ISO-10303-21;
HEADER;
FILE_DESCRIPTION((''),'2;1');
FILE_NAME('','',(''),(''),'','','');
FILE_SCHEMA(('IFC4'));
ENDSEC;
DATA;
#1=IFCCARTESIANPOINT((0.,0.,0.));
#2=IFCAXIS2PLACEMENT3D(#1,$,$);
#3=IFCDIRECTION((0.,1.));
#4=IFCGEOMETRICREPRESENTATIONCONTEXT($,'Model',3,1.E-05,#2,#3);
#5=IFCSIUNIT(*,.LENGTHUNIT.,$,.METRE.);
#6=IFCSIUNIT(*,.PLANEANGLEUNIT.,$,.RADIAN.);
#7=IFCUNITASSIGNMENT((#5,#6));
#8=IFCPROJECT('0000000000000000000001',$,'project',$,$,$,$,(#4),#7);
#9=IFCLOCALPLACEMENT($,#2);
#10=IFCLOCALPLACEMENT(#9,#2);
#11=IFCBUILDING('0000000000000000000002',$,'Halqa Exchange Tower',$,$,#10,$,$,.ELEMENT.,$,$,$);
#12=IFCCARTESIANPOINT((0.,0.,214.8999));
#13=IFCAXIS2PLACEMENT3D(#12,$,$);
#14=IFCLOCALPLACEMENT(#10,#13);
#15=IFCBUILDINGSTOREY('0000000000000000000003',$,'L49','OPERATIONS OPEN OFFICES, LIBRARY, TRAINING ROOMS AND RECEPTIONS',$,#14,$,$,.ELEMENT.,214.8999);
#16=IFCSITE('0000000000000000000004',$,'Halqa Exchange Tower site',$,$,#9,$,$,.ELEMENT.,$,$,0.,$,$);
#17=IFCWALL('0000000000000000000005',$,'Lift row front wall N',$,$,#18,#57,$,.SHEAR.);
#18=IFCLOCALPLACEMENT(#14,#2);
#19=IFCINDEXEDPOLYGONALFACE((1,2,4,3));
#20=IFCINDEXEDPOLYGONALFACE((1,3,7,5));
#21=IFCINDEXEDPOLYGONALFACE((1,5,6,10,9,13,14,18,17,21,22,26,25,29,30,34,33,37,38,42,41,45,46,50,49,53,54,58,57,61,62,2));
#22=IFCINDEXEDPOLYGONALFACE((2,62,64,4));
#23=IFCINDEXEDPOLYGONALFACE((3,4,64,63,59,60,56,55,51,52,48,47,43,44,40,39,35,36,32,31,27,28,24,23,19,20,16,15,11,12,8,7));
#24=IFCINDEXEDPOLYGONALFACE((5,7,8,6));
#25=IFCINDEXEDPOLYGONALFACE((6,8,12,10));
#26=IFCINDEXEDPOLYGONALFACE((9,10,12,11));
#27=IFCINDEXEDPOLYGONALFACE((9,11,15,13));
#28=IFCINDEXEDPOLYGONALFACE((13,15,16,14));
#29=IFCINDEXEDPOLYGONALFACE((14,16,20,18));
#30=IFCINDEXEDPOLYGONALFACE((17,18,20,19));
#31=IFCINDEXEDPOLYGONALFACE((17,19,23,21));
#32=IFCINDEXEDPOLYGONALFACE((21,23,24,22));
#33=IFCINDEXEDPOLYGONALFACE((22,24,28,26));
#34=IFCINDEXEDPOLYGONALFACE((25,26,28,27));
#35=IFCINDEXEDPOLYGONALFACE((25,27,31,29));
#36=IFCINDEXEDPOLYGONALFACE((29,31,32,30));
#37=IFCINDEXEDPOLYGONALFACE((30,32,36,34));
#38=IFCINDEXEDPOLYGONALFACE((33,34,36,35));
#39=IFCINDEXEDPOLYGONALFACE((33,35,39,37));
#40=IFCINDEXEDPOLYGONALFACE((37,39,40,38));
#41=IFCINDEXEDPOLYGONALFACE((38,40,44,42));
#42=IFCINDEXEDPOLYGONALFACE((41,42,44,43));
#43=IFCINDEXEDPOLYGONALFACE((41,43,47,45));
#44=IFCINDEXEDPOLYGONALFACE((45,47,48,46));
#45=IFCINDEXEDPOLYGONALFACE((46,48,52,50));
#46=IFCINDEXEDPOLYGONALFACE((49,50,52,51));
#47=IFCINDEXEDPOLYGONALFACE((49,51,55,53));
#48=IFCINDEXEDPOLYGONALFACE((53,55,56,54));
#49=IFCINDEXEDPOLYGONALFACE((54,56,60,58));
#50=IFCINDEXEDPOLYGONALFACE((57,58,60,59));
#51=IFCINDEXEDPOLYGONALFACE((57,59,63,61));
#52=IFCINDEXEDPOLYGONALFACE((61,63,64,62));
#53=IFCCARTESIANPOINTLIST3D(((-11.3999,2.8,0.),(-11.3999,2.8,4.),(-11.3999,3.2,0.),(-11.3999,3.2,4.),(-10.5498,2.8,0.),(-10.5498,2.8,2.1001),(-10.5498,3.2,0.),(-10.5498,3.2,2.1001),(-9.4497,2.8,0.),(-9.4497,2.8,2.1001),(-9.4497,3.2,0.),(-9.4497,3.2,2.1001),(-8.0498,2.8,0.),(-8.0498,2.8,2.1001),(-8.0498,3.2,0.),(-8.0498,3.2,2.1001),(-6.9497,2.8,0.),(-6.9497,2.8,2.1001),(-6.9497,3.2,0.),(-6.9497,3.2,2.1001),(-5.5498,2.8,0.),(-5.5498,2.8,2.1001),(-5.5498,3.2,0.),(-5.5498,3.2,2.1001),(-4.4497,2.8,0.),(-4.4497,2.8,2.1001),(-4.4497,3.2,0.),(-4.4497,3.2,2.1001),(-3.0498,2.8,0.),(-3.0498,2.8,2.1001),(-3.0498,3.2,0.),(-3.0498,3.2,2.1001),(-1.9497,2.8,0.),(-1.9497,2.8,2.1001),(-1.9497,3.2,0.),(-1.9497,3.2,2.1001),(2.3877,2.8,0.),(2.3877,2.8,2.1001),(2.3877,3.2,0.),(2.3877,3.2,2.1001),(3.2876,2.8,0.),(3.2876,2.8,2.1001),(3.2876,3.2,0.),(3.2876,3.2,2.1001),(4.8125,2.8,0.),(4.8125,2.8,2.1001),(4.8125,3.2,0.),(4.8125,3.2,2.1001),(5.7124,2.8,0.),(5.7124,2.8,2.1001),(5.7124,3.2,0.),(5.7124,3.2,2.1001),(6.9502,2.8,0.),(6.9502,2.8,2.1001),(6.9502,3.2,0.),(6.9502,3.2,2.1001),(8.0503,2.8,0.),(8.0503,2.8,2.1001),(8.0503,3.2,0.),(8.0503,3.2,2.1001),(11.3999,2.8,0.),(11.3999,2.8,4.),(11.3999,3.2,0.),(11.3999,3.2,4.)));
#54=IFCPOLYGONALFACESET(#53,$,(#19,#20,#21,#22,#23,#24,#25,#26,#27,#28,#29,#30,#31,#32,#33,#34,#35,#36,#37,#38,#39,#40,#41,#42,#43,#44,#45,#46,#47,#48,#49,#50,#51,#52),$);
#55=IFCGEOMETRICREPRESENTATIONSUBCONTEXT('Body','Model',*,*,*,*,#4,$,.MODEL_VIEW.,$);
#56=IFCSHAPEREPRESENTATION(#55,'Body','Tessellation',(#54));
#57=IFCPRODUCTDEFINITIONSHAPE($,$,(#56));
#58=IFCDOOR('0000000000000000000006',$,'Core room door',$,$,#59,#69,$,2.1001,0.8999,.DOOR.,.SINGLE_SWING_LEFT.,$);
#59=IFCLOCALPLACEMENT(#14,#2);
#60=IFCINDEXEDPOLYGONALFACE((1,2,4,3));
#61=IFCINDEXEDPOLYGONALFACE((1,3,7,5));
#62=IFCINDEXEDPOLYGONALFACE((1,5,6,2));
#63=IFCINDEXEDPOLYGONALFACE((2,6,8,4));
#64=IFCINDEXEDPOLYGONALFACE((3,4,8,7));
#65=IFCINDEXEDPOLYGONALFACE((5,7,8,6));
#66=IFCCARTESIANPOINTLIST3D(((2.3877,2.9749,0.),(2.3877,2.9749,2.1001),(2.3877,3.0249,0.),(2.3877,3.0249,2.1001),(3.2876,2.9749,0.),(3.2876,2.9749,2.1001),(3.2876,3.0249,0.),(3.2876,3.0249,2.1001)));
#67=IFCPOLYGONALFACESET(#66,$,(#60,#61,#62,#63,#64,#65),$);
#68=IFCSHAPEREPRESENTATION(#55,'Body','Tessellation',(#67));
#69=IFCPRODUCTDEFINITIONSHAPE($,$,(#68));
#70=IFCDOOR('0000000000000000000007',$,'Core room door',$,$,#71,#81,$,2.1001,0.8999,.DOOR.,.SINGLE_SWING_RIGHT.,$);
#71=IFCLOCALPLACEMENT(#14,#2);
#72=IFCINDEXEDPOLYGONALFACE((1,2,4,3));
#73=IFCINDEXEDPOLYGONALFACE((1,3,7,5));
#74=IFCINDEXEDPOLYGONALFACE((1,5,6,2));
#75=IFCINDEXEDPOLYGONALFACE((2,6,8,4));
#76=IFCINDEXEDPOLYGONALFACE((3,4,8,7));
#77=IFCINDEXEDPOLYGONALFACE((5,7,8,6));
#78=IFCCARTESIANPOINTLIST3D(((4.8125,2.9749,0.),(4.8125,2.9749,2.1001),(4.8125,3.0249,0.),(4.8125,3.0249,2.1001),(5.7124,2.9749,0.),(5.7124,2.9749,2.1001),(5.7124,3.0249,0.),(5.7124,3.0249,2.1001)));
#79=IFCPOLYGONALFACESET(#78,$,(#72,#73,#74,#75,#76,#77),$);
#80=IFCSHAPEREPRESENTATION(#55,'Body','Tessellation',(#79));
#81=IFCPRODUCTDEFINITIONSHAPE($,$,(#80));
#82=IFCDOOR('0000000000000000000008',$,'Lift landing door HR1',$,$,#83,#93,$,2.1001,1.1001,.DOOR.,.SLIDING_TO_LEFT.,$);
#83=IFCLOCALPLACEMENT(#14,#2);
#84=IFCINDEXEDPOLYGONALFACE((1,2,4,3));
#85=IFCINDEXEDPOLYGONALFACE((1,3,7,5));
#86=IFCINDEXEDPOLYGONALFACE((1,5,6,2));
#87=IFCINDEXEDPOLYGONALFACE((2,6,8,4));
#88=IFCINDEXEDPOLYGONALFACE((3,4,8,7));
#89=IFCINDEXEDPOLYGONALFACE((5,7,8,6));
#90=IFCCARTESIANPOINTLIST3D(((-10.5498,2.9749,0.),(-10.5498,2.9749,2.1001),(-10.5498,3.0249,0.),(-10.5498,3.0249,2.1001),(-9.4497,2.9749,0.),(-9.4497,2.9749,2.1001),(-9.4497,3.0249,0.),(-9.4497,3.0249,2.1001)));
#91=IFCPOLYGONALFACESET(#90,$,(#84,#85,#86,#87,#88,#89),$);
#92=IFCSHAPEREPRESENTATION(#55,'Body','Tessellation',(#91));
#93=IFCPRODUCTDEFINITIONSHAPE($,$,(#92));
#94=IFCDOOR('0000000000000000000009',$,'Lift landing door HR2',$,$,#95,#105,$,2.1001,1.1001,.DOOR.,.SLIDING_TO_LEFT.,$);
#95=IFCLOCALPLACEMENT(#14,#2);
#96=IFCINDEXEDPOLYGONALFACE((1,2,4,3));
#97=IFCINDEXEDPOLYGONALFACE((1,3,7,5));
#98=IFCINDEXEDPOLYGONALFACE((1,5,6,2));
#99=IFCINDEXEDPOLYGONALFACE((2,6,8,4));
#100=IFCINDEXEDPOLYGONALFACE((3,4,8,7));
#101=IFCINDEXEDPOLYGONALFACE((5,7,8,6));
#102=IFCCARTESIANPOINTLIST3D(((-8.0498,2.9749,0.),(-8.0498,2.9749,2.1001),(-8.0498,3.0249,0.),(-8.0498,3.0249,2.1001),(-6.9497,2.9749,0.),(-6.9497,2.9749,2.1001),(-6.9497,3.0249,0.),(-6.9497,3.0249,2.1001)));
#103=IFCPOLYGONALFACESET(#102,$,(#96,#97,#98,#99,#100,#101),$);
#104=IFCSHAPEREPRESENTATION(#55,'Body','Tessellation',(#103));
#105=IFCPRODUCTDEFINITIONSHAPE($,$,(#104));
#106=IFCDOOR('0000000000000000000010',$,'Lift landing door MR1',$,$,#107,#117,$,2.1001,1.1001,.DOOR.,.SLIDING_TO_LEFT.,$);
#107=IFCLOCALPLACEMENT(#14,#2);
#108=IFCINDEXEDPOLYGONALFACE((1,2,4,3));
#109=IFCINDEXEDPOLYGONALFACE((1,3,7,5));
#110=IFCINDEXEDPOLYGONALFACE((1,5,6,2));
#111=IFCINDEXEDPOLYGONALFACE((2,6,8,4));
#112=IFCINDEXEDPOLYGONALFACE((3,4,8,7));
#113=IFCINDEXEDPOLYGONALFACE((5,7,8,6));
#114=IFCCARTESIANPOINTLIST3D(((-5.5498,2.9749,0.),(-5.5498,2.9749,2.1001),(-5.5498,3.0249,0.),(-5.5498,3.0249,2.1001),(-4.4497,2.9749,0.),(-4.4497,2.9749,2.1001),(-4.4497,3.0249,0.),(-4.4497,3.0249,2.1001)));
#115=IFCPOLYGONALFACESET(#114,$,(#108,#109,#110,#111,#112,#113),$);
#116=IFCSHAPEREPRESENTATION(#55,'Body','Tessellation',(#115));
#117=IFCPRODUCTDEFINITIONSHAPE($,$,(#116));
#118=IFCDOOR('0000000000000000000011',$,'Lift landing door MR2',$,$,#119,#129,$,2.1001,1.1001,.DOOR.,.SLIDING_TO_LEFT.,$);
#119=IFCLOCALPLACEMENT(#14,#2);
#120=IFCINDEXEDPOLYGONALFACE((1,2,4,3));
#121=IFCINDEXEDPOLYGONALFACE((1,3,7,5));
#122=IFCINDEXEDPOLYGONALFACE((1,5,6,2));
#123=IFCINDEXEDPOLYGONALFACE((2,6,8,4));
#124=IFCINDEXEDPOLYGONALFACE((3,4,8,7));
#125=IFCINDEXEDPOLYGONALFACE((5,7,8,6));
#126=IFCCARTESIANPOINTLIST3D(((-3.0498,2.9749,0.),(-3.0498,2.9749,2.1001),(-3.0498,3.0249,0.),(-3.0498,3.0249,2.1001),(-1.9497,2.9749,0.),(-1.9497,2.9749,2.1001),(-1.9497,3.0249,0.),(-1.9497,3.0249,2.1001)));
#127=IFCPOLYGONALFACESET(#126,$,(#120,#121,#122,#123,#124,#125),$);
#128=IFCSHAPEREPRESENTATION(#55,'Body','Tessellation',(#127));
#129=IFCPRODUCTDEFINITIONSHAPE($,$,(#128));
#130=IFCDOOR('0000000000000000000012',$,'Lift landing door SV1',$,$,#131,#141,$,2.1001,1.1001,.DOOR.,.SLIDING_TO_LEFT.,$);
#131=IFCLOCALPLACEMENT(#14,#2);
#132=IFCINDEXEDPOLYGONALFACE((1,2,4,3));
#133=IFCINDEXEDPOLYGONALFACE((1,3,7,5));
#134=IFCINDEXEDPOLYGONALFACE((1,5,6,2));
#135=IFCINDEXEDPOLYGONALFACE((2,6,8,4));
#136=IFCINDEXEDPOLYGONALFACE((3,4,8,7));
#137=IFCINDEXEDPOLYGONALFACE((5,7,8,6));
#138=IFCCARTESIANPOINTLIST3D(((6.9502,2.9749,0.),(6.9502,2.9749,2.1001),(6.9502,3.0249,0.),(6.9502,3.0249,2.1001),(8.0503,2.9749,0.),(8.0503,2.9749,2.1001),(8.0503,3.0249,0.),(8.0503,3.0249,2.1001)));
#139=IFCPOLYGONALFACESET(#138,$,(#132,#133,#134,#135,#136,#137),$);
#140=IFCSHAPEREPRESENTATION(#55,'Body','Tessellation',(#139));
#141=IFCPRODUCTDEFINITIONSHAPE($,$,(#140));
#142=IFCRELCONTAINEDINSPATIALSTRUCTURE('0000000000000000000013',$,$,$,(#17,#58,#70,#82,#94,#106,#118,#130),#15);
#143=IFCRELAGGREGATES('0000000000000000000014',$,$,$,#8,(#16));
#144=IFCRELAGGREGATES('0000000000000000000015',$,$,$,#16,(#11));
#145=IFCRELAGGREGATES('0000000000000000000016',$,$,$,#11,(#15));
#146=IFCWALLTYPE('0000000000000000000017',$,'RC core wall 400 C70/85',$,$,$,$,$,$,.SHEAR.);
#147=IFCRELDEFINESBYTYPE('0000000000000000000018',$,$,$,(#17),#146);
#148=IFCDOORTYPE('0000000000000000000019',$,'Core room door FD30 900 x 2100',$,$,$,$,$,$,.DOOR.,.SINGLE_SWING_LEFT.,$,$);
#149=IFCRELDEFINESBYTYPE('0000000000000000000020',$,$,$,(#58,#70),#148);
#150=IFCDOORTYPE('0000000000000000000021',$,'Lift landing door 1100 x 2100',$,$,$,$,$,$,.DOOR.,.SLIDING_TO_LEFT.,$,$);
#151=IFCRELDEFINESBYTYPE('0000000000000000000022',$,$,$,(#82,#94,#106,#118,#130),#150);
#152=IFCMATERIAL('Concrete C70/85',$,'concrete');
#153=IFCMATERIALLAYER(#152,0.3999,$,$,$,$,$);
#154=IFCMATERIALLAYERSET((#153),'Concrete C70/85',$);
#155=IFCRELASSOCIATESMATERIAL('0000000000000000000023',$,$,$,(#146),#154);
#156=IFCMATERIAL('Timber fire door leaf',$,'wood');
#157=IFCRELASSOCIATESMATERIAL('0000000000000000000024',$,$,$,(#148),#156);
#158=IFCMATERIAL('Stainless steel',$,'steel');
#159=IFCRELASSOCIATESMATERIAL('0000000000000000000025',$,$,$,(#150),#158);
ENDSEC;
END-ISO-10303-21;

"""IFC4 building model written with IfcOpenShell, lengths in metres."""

from ifc_helpers import new_model, si_unit, direction, frame, frame_2d, origin, place, context, subcontext, project, spatial, rectangle, extrude, material, layer, layer_set, type_object, element, fill, save


model = new_model("IFC4")

# Units and contexts
model_context = context("Model", 3, precision=1e-05, world=origin(), true_north=direction((0.0, 1.0)))
body_context = subcontext(model_context, "Body", "Model", "MODEL_VIEW")
ifc_project = project(units=[si_unit("LENGTHUNIT", "METRE"), si_unit("PLANEANGLEUNIT", "RADIAN")], contexts=[model_context])

# Site, building, storey
site_placement = place(None, origin())
site = spatial("IfcSite", under=ifc_project, at=site_placement, Name="Halqa Exchange Tower site", CompositionType="ELEMENT", RefElevation=0.0)
building_placement = place(site_placement, origin())
building = spatial("IfcBuilding", under=site, at=building_placement, Name="Halqa Exchange Tower", CompositionType="ELEMENT")
storey_placement = place(building_placement, frame((0.0, 0.0, 214.8999)))
storey = spatial("IfcBuildingStorey", under=building, at=storey_placement, Name="L49", Description="OPERATIONS OPEN OFFICES, LIBRARY, TRAINING ROOMS AND RECEPTIONS", CompositionType="ELEMENT", Elevation=214.8999)

# Wall, openings, doors
ifc_material_1 = material(Name="Concrete C70/85", Category="concrete")
ifc_layer_1 = layer(ifc_material_1, 0.3999)
ifc_layer_set_1 = layer_set([ifc_layer_1], Name="Concrete C70/85")
wall_type_1 = type_object("IfcWallType", Name="RC core wall 400 C70/85", PredefinedType="SHEAR", material=ifc_layer_set_1)
wall_1_placement = place(storey_placement, frame((-11.3999, 3.0, 0.0), z_axis=(0.0, 0.0, 1.0), x_axis=(1.0, 0.0, 0.0)))
wall_1 = element("IfcWall", 1, at=wall_1_placement, inside=storey, type_object=wall_type_1, Name="Lift row front wall N", PredefinedType="SHEAR", context=body_context, shape_type="SweptSolid", body=[
    extrude(rectangle(XDim=22.7998, YDim=0.3999, at=frame_2d((11.3999, 0.0))), origin(), (0.0, 0.0, 1.0), 4.0),
])
opening_1_placement = place(wall_1_placement, frame((0.8501, 0.0, 0.0)))
opening_1 = element("IfcOpeningElement", 2, at=opening_1_placement, cuts=wall_1, PredefinedType="OPENING", context=body_context, shape_type="SweptSolid", body=[
    extrude(rectangle(XDim=1.1001, YDim=2.1001, at=frame_2d((0.55, 1.05))), frame((0.0, 0.2119, 0.0), z_axis=(0.0, -1.0, 0.0), x_axis=(1.0, 0.0, 0.0)), (0.0, 0.0, 1.0), 0.4238),
])
opening_2_placement = place(wall_1_placement, frame((3.3501, 0.0, 0.0)))
opening_2 = element("IfcOpeningElement", 3, at=opening_2_placement, cuts=wall_1, PredefinedType="OPENING", context=body_context, shape_type="SweptSolid", body=[
    extrude(rectangle(XDim=1.1001, YDim=2.1001, at=frame_2d((0.55, 1.05))), frame((0.0, 0.2119, 0.0), z_axis=(0.0, -1.0, 0.0), x_axis=(1.0, 0.0, 0.0)), (0.0, 0.0, 1.0), 0.4238),
])
opening_3_placement = place(wall_1_placement, frame((5.8501, 0.0, 0.0)))
opening_3 = element("IfcOpeningElement", 4, at=opening_3_placement, cuts=wall_1, PredefinedType="OPENING", context=body_context, shape_type="SweptSolid", body=[
    extrude(rectangle(XDim=1.1001, YDim=2.1001, at=frame_2d((0.55, 1.05))), frame((0.0, 0.2119, 0.0), z_axis=(0.0, -1.0, 0.0), x_axis=(1.0, 0.0, 0.0)), (0.0, 0.0, 1.0), 0.4238),
])
opening_4_placement = place(wall_1_placement, frame((8.3501, 0.0, 0.0)))
opening_4 = element("IfcOpeningElement", 5, at=opening_4_placement, cuts=wall_1, PredefinedType="OPENING", context=body_context, shape_type="SweptSolid", body=[
    extrude(rectangle(XDim=1.1001, YDim=2.1001, at=frame_2d((0.55, 1.05))), frame((0.0, 0.2119, 0.0), z_axis=(0.0, -1.0, 0.0), x_axis=(1.0, 0.0, 0.0)), (0.0, 0.0, 1.0), 0.4238),
])
opening_5_placement = place(wall_1_placement, frame((18.3501, 0.0, 0.0)))
opening_5 = element("IfcOpeningElement", 6, at=opening_5_placement, cuts=wall_1, PredefinedType="OPENING", context=body_context, shape_type="SweptSolid", body=[
    extrude(rectangle(XDim=1.1001, YDim=2.1001, at=frame_2d((0.55, 1.05))), frame((0.0, 0.2119, 0.0), z_axis=(0.0, -1.0, 0.0), x_axis=(1.0, 0.0, 0.0)), (0.0, 0.0, 1.0), 0.4238),
])
opening_6_placement = place(wall_1_placement, frame((13.7876, 0.0, 0.0)))
opening_6 = element("IfcOpeningElement", 7, at=opening_6_placement, cuts=wall_1, PredefinedType="OPENING", context=body_context, shape_type="SweptSolid", body=[
    extrude(rectangle(XDim=0.8999, YDim=2.1001, at=frame_2d((0.45, 1.05))), frame((0.0, 0.2119, 0.0), z_axis=(0.0, -1.0, 0.0), x_axis=(1.0, 0.0, 0.0)), (0.0, 0.0, 1.0), 0.4238),
])
opening_7_placement = place(wall_1_placement, frame((16.2124, 0.0, 0.0)))
opening_7 = element("IfcOpeningElement", 8, at=opening_7_placement, cuts=wall_1, PredefinedType="OPENING", context=body_context, shape_type="SweptSolid", body=[
    extrude(rectangle(XDim=0.8999, YDim=2.1001, at=frame_2d((0.45, 1.05))), frame((0.0, 0.2119, 0.0), z_axis=(0.0, -1.0, 0.0), x_axis=(1.0, 0.0, 0.0)), (0.0, 0.0, 1.0), 0.4238),
])
ifc_material_2 = material(Name="Timber fire door leaf", Category="wood")
door_type_1 = type_object("IfcDoorType", Name="Core room door FD30 900 x 2100", OperationType="SINGLE_SWING_LEFT", PredefinedType="DOOR", material=ifc_material_2)
door_1_placement = place(opening_6_placement, origin())
door_1 = element("IfcDoor", 9, at=door_1_placement, inside=storey, type_object=door_type_1, Name="Core room door", OperationType="SINGLE_SWING_LEFT", OverallHeight=2.1001, OverallWidth=0.8999, PredefinedType="DOOR", context=body_context, shape_type="SweptSolid", body=[
    extrude(rectangle(XDim=0.8999, YDim=2.1001, at=frame_2d((0.45, 1.05))), frame((0.0, 0.0249, 0.0), z_axis=(0.0, -1.0, 0.0), x_axis=(1.0, 0.0, 0.0)), (0.0, 0.0, 1.0), 0.05),
])
fill(opening_6, door_1)
door_2_placement = place(opening_7_placement, origin())
door_2 = element("IfcDoor", 10, at=door_2_placement, inside=storey, type_object=door_type_1, Name="Core room door", OperationType="SINGLE_SWING_RIGHT", OverallHeight=2.1001, OverallWidth=0.8999, PredefinedType="DOOR", context=body_context, shape_type="SweptSolid", body=[
    extrude(rectangle(XDim=0.8999, YDim=2.1001, at=frame_2d((0.45, 1.05))), frame((0.0, 0.0249, 0.0), z_axis=(0.0, -1.0, 0.0), x_axis=(1.0, 0.0, 0.0)), (0.0, 0.0, 1.0), 0.05),
])
fill(opening_7, door_2)
ifc_material_3 = material(Name="Stainless steel", Category="steel")
door_type_2 = type_object("IfcDoorType", Name="Lift landing door 1100 x 2100", OperationType="SLIDING_TO_LEFT", PredefinedType="DOOR", material=ifc_material_3)
door_3_placement = place(opening_1_placement, origin())
door_3 = element("IfcDoor", 11, at=door_3_placement, inside=storey, type_object=door_type_2, Name="Lift landing door HR1", OperationType="SLIDING_TO_LEFT", OverallHeight=2.1001, OverallWidth=1.1001, PredefinedType="DOOR", context=body_context, shape_type="SweptSolid", body=[
    extrude(rectangle(XDim=1.1001, YDim=2.1001, at=frame_2d((0.55, 1.05))), frame((0.0, 0.0249, 0.0), z_axis=(0.0, -1.0, 0.0), x_axis=(1.0, 0.0, 0.0)), (0.0, 0.0, 1.0), 0.05),
])
fill(opening_1, door_3)
door_4_placement = place(opening_2_placement, origin())
door_4 = element("IfcDoor", 12, at=door_4_placement, inside=storey, type_object=door_type_2, Name="Lift landing door HR2", OperationType="SLIDING_TO_LEFT", OverallHeight=2.1001, OverallWidth=1.1001, PredefinedType="DOOR", context=body_context, shape_type="SweptSolid", body=[
    extrude(rectangle(XDim=1.1001, YDim=2.1001, at=frame_2d((0.55, 1.05))), frame((0.0, 0.0249, 0.0), z_axis=(0.0, -1.0, 0.0), x_axis=(1.0, 0.0, 0.0)), (0.0, 0.0, 1.0), 0.05),
])
fill(opening_2, door_4)
door_5_placement = place(opening_3_placement, origin())
door_5 = element("IfcDoor", 13, at=door_5_placement, inside=storey, type_object=door_type_2, Name="Lift landing door MR1", OperationType="SLIDING_TO_LEFT", OverallHeight=2.1001, OverallWidth=1.1001, PredefinedType="DOOR", context=body_context, shape_type="SweptSolid", body=[
    extrude(rectangle(XDim=1.1001, YDim=2.1001, at=frame_2d((0.55, 1.05))), frame((0.0, 0.0249, 0.0), z_axis=(0.0, -1.0, 0.0), x_axis=(1.0, 0.0, 0.0)), (0.0, 0.0, 1.0), 0.05),
])
fill(opening_3, door_5)
door_6_placement = place(opening_4_placement, origin())
door_6 = element("IfcDoor", 14, at=door_6_placement, inside=storey, type_object=door_type_2, Name="Lift landing door MR2", OperationType="SLIDING_TO_LEFT", OverallHeight=2.1001, OverallWidth=1.1001, PredefinedType="DOOR", context=body_context, shape_type="SweptSolid", body=[
    extrude(rectangle(XDim=1.1001, YDim=2.1001, at=frame_2d((0.55, 1.05))), frame((0.0, 0.0249, 0.0), z_axis=(0.0, -1.0, 0.0), x_axis=(1.0, 0.0, 0.0)), (0.0, 0.0, 1.0), 0.05),
])
fill(opening_4, door_6)
door_7_placement = place(opening_5_placement, origin())
door_7 = element("IfcDoor", 15, at=door_7_placement, inside=storey, type_object=door_type_2, Name="Lift landing door SV1", OperationType="SLIDING_TO_LEFT", OverallHeight=2.1001, OverallWidth=1.1001, PredefinedType="DOOR", context=body_context, shape_type="SweptSolid", body=[
    extrude(rectangle(XDim=1.1001, YDim=2.1001, at=frame_2d((0.55, 1.05))), frame((0.0, 0.0249, 0.0), z_axis=(0.0, -1.0, 0.0), x_axis=(1.0, 0.0, 0.0)), (0.0, 0.0, 1.0), 0.05),
])
fill(opening_5, door_7)

save(model, "model.ifc")
